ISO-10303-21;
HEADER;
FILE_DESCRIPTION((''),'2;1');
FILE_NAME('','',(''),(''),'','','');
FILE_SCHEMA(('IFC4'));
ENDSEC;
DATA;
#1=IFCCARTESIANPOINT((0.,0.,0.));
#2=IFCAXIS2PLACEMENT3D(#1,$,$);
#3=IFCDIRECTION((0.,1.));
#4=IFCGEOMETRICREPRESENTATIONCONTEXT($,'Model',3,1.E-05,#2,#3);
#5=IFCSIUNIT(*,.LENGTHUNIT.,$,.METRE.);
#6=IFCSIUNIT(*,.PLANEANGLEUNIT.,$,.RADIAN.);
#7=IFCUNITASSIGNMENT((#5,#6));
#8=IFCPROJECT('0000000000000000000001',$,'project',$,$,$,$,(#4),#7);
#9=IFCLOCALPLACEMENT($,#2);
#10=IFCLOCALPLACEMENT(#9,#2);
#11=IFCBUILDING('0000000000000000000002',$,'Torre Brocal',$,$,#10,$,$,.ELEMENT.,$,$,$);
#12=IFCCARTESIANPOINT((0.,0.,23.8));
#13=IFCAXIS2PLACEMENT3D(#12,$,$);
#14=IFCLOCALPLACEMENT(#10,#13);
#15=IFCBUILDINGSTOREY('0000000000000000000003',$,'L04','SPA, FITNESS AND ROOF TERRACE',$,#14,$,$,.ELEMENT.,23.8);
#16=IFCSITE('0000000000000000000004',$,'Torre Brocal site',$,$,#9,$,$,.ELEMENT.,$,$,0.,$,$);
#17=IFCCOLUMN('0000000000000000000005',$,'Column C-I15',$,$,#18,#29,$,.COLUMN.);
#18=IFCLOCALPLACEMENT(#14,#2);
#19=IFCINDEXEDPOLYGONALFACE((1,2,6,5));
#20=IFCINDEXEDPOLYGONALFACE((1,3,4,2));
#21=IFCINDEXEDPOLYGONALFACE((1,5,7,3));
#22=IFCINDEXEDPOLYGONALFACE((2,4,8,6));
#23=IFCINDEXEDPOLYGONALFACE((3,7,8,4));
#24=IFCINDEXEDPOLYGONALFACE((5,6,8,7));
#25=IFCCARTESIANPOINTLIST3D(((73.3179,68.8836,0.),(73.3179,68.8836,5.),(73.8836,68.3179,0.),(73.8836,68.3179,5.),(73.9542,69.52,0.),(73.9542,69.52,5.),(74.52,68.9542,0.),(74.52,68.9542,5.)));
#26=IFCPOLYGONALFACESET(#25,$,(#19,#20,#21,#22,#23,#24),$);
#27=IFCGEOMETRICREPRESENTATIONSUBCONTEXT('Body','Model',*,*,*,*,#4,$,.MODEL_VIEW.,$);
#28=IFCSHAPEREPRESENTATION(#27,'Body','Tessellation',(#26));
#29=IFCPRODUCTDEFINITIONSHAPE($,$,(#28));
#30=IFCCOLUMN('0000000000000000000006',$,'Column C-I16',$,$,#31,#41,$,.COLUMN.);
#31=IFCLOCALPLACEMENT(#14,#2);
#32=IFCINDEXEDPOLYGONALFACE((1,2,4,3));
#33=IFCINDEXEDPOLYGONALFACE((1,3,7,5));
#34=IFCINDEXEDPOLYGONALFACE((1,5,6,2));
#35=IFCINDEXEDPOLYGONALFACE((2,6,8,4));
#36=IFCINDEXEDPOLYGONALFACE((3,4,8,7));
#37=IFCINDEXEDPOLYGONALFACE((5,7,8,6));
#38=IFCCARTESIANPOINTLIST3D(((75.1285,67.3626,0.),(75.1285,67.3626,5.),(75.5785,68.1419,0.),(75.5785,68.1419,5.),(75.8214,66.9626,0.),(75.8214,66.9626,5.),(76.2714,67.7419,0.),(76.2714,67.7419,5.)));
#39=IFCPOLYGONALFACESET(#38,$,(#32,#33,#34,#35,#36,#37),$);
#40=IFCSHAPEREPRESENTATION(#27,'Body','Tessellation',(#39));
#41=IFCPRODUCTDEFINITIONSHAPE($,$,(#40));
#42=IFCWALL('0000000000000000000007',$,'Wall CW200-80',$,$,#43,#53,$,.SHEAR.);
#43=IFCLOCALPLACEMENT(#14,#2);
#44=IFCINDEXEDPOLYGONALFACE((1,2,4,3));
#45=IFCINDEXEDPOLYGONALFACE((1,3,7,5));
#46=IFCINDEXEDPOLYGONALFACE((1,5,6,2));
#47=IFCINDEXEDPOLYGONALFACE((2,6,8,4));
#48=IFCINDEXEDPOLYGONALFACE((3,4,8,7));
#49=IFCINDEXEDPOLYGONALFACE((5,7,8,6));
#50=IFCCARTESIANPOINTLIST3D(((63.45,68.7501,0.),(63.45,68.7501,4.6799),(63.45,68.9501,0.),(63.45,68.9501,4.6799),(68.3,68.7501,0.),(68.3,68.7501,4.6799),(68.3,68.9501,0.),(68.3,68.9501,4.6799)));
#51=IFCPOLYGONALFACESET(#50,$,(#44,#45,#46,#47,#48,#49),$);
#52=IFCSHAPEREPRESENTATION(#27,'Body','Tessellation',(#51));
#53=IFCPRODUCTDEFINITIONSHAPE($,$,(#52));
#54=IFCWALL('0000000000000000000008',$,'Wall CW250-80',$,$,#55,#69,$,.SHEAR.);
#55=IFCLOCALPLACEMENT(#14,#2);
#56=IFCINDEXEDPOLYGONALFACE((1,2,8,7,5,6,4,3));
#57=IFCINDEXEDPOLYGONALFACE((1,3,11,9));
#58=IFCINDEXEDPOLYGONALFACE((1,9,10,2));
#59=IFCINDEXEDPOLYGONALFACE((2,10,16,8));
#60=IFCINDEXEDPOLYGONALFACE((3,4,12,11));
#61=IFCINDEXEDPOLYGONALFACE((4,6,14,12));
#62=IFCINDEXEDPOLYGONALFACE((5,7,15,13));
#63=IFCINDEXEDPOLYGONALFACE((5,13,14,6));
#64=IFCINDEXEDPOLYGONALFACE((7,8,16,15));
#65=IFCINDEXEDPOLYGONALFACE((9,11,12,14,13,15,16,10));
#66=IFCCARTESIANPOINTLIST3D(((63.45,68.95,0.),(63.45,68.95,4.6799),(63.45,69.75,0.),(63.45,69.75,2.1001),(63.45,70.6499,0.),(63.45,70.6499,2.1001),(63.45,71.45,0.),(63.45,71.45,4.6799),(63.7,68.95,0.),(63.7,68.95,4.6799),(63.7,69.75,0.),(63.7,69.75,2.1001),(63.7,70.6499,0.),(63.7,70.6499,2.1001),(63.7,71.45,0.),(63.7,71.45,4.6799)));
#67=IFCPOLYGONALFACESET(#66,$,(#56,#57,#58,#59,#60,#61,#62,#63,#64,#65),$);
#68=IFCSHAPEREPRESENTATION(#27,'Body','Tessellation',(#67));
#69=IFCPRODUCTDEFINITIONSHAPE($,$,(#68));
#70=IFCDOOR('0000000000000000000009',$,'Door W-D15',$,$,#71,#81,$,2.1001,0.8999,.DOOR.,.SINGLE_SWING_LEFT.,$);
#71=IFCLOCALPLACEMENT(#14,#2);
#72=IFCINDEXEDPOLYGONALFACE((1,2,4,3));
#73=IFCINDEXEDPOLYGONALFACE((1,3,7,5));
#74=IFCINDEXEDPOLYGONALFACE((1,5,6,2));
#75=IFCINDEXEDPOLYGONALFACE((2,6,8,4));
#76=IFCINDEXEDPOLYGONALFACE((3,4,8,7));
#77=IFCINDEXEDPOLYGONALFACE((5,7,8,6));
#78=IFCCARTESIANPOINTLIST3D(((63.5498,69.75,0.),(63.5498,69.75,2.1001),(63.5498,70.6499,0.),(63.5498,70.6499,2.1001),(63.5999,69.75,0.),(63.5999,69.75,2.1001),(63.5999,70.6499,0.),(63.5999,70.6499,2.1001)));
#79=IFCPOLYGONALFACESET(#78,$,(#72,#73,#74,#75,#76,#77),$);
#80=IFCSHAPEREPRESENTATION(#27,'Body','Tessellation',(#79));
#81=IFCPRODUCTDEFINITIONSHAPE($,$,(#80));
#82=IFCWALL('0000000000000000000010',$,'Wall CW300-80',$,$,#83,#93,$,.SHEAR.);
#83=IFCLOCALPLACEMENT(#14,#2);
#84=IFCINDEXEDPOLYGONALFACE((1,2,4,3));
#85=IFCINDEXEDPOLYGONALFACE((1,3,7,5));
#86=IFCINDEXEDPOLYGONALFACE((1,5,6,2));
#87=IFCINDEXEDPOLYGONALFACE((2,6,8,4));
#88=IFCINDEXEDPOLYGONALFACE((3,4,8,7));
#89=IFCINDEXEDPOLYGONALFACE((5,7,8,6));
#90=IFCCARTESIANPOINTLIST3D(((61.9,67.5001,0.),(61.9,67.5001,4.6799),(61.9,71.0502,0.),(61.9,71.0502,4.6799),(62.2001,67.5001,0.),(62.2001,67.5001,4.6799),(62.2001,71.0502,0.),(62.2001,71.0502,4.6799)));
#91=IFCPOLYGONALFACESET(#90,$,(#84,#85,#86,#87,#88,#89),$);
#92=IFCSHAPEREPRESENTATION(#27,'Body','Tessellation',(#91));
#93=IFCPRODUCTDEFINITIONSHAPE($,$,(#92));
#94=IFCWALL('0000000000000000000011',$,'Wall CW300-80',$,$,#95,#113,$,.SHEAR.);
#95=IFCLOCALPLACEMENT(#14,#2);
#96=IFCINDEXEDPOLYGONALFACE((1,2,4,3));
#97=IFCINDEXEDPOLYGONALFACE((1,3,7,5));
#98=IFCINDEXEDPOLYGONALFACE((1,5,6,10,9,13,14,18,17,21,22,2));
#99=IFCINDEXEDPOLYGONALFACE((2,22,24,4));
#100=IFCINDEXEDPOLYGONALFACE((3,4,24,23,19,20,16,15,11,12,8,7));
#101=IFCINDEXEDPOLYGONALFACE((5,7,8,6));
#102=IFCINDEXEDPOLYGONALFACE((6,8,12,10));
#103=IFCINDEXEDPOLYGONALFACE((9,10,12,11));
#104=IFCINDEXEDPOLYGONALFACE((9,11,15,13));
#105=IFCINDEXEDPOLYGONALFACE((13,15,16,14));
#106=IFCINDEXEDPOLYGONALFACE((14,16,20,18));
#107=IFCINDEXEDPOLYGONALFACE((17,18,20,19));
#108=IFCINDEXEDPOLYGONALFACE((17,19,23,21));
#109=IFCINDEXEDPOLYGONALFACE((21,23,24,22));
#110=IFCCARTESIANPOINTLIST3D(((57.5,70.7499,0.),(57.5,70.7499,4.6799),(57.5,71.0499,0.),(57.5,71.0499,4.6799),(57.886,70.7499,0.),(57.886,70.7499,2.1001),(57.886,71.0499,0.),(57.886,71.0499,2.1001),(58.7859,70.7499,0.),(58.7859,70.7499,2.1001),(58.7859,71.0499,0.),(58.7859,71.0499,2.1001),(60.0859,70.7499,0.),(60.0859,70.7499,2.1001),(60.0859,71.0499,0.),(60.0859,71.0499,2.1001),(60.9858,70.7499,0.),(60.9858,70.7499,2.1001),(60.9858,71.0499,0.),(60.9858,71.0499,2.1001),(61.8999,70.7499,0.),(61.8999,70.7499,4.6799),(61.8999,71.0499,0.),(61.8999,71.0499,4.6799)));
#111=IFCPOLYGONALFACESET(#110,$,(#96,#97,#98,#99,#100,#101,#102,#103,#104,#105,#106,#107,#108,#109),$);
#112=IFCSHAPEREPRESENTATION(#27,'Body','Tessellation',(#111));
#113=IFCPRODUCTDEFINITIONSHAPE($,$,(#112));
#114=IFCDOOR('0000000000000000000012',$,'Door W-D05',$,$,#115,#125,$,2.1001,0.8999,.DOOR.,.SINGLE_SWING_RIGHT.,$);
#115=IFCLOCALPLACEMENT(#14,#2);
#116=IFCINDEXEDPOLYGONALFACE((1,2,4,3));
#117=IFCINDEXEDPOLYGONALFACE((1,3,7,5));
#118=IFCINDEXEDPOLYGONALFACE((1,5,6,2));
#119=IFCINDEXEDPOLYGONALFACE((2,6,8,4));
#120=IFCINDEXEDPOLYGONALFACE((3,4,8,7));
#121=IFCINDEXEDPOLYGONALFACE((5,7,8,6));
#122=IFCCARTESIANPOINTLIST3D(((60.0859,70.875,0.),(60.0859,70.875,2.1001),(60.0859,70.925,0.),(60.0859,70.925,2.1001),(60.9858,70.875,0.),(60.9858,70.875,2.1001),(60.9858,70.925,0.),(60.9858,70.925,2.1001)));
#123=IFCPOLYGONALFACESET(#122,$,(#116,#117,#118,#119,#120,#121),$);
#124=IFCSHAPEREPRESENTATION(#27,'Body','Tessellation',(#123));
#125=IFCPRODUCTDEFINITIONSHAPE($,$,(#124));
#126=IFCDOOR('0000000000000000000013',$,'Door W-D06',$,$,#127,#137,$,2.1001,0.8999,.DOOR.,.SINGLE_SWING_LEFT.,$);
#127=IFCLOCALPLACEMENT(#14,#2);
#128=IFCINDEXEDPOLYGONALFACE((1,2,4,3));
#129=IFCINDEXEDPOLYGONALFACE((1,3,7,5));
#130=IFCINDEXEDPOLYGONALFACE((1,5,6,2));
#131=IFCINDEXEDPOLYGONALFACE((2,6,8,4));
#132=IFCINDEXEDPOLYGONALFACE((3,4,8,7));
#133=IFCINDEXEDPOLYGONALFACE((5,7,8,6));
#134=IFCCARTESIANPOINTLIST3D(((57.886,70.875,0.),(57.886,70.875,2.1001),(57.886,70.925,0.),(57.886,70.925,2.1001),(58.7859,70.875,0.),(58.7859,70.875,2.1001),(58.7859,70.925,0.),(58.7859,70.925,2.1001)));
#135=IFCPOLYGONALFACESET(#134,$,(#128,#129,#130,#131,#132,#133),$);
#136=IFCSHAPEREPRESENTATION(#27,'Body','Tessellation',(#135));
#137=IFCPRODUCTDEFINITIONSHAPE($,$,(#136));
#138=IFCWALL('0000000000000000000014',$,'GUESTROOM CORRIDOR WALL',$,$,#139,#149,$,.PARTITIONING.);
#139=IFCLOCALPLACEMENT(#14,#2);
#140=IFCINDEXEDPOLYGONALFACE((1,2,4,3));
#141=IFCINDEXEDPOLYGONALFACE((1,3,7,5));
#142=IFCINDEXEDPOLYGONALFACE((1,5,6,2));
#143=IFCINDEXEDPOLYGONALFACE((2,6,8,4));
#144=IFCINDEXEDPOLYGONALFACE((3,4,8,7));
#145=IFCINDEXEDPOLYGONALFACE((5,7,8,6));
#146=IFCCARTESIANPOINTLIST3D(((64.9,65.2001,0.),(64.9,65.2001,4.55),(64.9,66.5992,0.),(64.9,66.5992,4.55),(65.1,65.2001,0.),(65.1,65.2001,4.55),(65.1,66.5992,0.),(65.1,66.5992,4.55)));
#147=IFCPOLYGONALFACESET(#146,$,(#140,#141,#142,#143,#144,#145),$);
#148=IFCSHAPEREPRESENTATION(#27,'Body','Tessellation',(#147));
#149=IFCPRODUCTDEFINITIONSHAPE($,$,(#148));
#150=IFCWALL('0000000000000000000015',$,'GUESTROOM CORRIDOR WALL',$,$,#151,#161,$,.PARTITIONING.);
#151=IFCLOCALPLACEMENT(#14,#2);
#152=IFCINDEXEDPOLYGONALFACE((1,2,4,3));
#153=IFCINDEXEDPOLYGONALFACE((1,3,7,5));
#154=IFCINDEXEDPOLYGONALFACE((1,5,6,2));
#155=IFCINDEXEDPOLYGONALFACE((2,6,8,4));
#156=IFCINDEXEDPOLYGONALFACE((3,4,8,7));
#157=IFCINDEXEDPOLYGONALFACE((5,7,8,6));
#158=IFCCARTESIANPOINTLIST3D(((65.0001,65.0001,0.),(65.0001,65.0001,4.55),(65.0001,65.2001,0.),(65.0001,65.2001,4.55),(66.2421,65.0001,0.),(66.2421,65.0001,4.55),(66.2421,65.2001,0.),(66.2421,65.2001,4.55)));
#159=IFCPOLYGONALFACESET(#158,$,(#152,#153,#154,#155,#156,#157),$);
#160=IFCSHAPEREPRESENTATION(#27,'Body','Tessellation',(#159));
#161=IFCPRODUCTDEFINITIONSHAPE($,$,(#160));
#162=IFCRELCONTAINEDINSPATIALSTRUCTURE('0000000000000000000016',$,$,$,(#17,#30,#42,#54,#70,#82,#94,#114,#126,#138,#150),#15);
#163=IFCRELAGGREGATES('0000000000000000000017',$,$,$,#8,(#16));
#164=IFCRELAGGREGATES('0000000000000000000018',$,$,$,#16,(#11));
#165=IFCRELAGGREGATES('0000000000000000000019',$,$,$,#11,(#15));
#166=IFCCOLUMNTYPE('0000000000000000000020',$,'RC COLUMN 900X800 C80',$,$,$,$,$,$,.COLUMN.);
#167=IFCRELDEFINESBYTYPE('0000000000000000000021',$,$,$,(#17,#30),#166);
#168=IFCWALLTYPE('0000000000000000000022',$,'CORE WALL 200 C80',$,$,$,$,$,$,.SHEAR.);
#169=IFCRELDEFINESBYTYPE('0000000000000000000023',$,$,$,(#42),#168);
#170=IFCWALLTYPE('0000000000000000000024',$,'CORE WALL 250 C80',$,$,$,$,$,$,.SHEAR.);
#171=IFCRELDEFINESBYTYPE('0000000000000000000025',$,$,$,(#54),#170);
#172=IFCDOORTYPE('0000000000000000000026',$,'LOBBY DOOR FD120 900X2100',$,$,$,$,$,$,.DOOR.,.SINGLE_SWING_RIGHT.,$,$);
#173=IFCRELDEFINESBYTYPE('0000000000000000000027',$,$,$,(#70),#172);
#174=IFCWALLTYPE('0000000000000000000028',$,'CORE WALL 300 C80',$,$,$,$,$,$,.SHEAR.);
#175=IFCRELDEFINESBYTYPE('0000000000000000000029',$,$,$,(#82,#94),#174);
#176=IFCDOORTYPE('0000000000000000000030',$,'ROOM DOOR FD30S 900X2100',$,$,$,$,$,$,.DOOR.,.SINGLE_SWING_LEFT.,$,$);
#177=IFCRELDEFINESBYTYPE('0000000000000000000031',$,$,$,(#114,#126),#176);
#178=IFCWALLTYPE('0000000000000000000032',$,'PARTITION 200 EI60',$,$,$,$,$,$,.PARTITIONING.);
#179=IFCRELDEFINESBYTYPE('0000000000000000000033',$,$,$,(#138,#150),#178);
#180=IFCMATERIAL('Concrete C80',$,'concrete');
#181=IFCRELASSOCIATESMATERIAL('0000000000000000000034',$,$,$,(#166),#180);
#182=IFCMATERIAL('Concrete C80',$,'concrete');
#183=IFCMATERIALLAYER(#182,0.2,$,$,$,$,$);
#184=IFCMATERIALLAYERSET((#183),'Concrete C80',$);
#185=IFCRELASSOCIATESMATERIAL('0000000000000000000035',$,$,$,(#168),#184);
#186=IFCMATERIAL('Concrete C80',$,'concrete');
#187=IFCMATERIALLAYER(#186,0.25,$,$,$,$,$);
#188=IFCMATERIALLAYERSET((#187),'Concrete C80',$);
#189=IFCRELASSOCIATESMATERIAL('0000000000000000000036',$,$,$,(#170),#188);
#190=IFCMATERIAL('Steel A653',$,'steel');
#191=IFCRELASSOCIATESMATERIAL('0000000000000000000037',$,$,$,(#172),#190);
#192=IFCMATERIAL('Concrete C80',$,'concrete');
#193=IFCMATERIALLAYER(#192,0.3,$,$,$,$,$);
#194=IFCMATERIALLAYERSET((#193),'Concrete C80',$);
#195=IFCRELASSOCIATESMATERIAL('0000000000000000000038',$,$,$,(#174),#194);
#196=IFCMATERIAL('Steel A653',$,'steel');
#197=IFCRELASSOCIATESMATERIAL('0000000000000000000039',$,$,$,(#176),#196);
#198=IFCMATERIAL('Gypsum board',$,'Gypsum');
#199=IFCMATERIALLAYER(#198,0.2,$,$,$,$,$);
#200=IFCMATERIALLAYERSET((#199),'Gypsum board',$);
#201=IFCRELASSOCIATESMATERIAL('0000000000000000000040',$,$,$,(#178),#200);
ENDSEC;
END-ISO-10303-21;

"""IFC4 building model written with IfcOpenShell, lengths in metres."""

from ifc_helpers import new_model, si_unit, direction, frame, frame_2d, origin, origin_2d, place, context, subcontext, project, spatial, rectangle, extrude, material, layer, layer_set, material_profile, profile_set, type_object, element, fill, save


model = new_model("IFC4")

# Units and contexts
model_context = context("Model", 3, precision=1e-05, world=origin(), true_north=direction((0.0, 1.0)))
body_context = subcontext(model_context, "Body", "Model", "MODEL_VIEW")
ifc_project = project(units=[si_unit("LENGTHUNIT", "METRE"), si_unit("PLANEANGLEUNIT", "RADIAN")], contexts=[model_context])

# Site, building, storey
site_placement = place(None, origin())
site = spatial("IfcSite", under=ifc_project, at=site_placement, Name="Torre Brocal site", CompositionType="ELEMENT", RefElevation=0.0)
building_placement = place(site_placement, origin())
building = spatial("IfcBuilding", under=site, at=building_placement, Name="Torre Brocal", CompositionType="ELEMENT")
storey_placement = place(building_placement, frame((0.0, 0.0, 23.8)))
storey = spatial("IfcBuildingStorey", under=building, at=storey_placement, Name="L04", Description="SPA, FITNESS AND ROOF TERRACE", CompositionType="ELEMENT", Elevation=23.8)

# Columns
ifc_material_1 = material(Name="Concrete C80", Category="concrete")
ifc_material_profile = material_profile(ifc_material_1, rectangle(XDim=0.8999, YDim=0.8, at=origin_2d()), Name="RC 900X800")
ifc_profile_set = profile_set([ifc_material_profile], Name="Concrete C80")
column_type = type_object("IfcColumnType", Name="RC COLUMN 900X800 C80", PredefinedType="COLUMN", material=ifc_profile_set)
for number, where, z_axis, x_axis, name in (
    (1, (73.9189, 68.9189, 0.0), (0.0, 0.0, 1.0), (-0.707107, -0.707107, 0.0), "Column C-I15"),
    (2, (75.7, 67.5522, 0.0), (0.0, 0.0, 1.0), (-0.5, -0.866025, 0.0), "Column C-I16"),
):
    element("IfcColumn", number, at=place(storey_placement, frame(where, z_axis=z_axis, x_axis=x_axis)), inside=storey, type_object=column_type, Name=name, PredefinedType="COLUMN", context=body_context, shape_type="SweptSolid", body=[
        extrude(rectangle(XDim=0.8999, YDim=0.8, at=origin_2d()), origin(), (0.0, 0.0, 1.0), 5.0),
    ])

# Wall
ifc_material_2 = material(Name="Concrete C80", Category="concrete")
ifc_layer_1 = layer(ifc_material_2, 0.2)
ifc_layer_set_1 = layer_set([ifc_layer_1], Name="Concrete C80")
wall_type_1 = type_object("IfcWallType", Name="CORE WALL 200 C80", PredefinedType="SHEAR", material=ifc_layer_set_1)
wall_1_placement = place(storey_placement, frame((68.3, 68.8501, 0.0), z_axis=(0.0, 0.0, 1.0), x_axis=(-1.0, 0.0, 0.0)))
element("IfcWall", 3, at=wall_1_placement, inside=storey, type_object=wall_type_1, Name="Wall CW200-80", PredefinedType="SHEAR", context=body_context, shape_type="SweptSolid", body=[
    extrude(rectangle(XDim=4.8501, YDim=0.2, at=frame_2d((2.425, 0.0))), origin(), (0.0, 0.0, 1.0), 4.6799),
])

# Wall, opening, door
ifc_material_3 = material(Name="Concrete C80", Category="concrete")
ifc_layer_2 = layer(ifc_material_3, 0.25)
ifc_layer_set_2 = layer_set([ifc_layer_2], Name="Concrete C80")
wall_type_2 = type_object("IfcWallType", Name="CORE WALL 250 C80", PredefinedType="SHEAR", material=ifc_layer_set_2)
wall_2_placement = place(storey_placement, frame((63.575, 71.45, 0.0), z_axis=(0.0, 0.0, 1.0), x_axis=(0.0, -1.0, 0.0)))
wall_2 = element("IfcWall", 4, at=wall_2_placement, inside=storey, type_object=wall_type_2, Name="Wall CW250-80", PredefinedType="SHEAR", context=body_context, shape_type="SweptSolid", body=[
    extrude(rectangle(XDim=2.5, YDim=0.25, at=frame_2d((1.25, 0.0))), origin(), (0.0, 0.0, 1.0), 4.6799),
])
opening_1_placement = place(wall_2_placement, frame((0.8, 0.0, 0.0)))
opening_1 = element("IfcOpeningElement", 5, at=opening_1_placement, cuts=wall_2, PredefinedType="OPENING", context=body_context, shape_type="SweptSolid", body=[
    extrude(rectangle(XDim=0.8999, YDim=2.1001, at=frame_2d((0.45, 1.05))), frame((0.0, 0.135, 0.0), z_axis=(0.0, -1.0, 0.0), x_axis=(1.0, 0.0, 0.0)), (0.0, 0.0, 1.0), 0.27),
])
ifc_material_4 = material(Name="Steel A653", Category="steel")
door_type_1 = type_object("IfcDoorType", Name="LOBBY DOOR FD120 900X2100", OperationType="SINGLE_SWING_RIGHT", PredefinedType="DOOR", material=ifc_material_4)
door_1_placement = place(opening_1_placement, origin())
door_1 = element("IfcDoor", 6, at=door_1_placement, inside=storey, type_object=door_type_1, Name="Door W-D15", OperationType="SINGLE_SWING_LEFT", OverallHeight=2.1001, OverallWidth=0.8999, PredefinedType="DOOR", context=body_context, shape_type="SweptSolid", body=[
    extrude(rectangle(XDim=0.8999, YDim=2.1001, at=frame_2d((0.45, 1.05))), frame((0.0, 0.0249, 0.0), z_axis=(0.0, -1.0, 0.0), x_axis=(1.0, 0.0, 0.0)), (0.0, 0.0, 1.0), 0.05),
])
fill(opening_1, door_1)

# Wall
ifc_material_5 = material(Name="Concrete C80", Category="concrete")
ifc_layer_3 = layer(ifc_material_5, 0.3)
ifc_layer_set_3 = layer_set([ifc_layer_3], Name="Concrete C80")
wall_type_3 = type_object("IfcWallType", Name="CORE WALL 300 C80", PredefinedType="SHEAR", material=ifc_layer_set_3)
wall_3_placement = place(storey_placement, frame((62.05, 71.05, 0.0), z_axis=(0.0, 0.0, 1.0), x_axis=(0.0, -1.0, 0.0)))
element("IfcWall", 7, at=wall_3_placement, inside=storey, type_object=wall_type_3, Name="Wall CW300-80", PredefinedType="SHEAR", context=body_context, shape_type="SweptSolid", body=[
    extrude(rectangle(XDim=3.55, YDim=0.3, at=frame_2d((1.7749, 0.0))), origin(), (0.0, 0.0, 1.0), 4.6799),
])

# Wall, openings, doors
wall_4_placement = place(storey_placement, frame((61.8999, 70.8999, 0.0), z_axis=(0.0, 0.0, 1.0), x_axis=(-1.0, 0.0, 0.0)))
wall_4 = element("IfcWall", 8, at=wall_4_placement, inside=storey, type_object=wall_type_3, Name="Wall CW300-80", PredefinedType="SHEAR", context=body_context, shape_type="SweptSolid", body=[
    extrude(rectangle(XDim=4.3999, YDim=0.3, at=frame_2d((2.2, 0.0))), origin(), (0.0, 0.0, 1.0), 4.6799),
])
opening_2_placement = place(wall_4_placement, frame((0.9141, 0.0, 0.0)))
opening_2 = element("IfcOpeningElement", 9, at=opening_2_placement, cuts=wall_4, PredefinedType="OPENING", context=body_context, shape_type="SweptSolid", body=[
    extrude(rectangle(XDim=0.8999, YDim=2.1001, at=frame_2d((0.45, 1.05))), frame((0.0, 0.1599, 0.0), z_axis=(0.0, -1.0, 0.0), x_axis=(1.0, 0.0, 0.0)), (0.0, 0.0, 1.0), 0.3201),
])
opening_3_placement = place(wall_4_placement, frame((3.114, 0.0, 0.0)))
opening_3 = element("IfcOpeningElement", 10, at=opening_3_placement, cuts=wall_4, PredefinedType="OPENING", context=body_context, shape_type="SweptSolid", body=[
    extrude(rectangle(XDim=0.8999, YDim=2.1001, at=frame_2d((0.45, 1.05))), frame((0.0, 0.1599, 0.0), z_axis=(0.0, -1.0, 0.0), x_axis=(1.0, 0.0, 0.0)), (0.0, 0.0, 1.0), 0.3201),
])
ifc_material_6 = material(Name="Steel A653", Category="steel")
door_type_2 = type_object("IfcDoorType", Name="ROOM DOOR FD30S 900X2100", OperationType="SINGLE_SWING_LEFT", PredefinedType="DOOR", material=ifc_material_6)
door_2_placement = place(opening_2_placement, origin())
door_2 = element("IfcDoor", 11, at=door_2_placement, inside=storey, type_object=door_type_2, Name="Door W-D05", OperationType="SINGLE_SWING_RIGHT", OverallHeight=2.1001, OverallWidth=0.8999, PredefinedType="DOOR", context=body_context, shape_type="SweptSolid", body=[
    extrude(rectangle(XDim=0.8999, YDim=2.1001, at=frame_2d((0.45, 1.05))), frame((0.0, 0.0249, 0.0), z_axis=(0.0, -1.0, 0.0), x_axis=(1.0, 0.0, 0.0)), (0.0, 0.0, 1.0), 0.05),
])
fill(opening_2, door_2)
door_3_placement = place(opening_3_placement, origin())
door_3 = element("IfcDoor", 12, at=door_3_placement, inside=storey, type_object=door_type_2, Name="Door W-D06", OperationType="SINGLE_SWING_LEFT", OverallHeight=2.1001, OverallWidth=0.8999, PredefinedType="DOOR", context=body_context, shape_type="SweptSolid", body=[
    extrude(rectangle(XDim=0.8999, YDim=2.1001, at=frame_2d((0.45, 1.05))), frame((0.0, 0.0249, 0.0), z_axis=(0.0, -1.0, 0.0), x_axis=(1.0, 0.0, 0.0)), (0.0, 0.0, 1.0), 0.05),
])
fill(opening_3, door_3)

# Walls
ifc_material_7 = material(Name="Gypsum board", Category="Gypsum")
ifc_layer_4 = layer(ifc_material_7, 0.2)
ifc_layer_set_4 = layer_set([ifc_layer_4], Name="Gypsum board")
wall_type_4 = type_object("IfcWallType", Name="PARTITION 200 EI60", PredefinedType="PARTITIONING", material=ifc_layer_set_4)
wall_5_placement = place(storey_placement, frame((65.0, 65.2, 0.0), z_axis=(0.0, 0.0, 1.0), x_axis=(0.0, 1.0, 0.0)))
element("IfcWall", 13, at=wall_5_placement, inside=storey, type_object=wall_type_4, Name="GUESTROOM CORRIDOR WALL", PredefinedType="PARTITIONING", context=body_context, shape_type="SweptSolid", body=[
    extrude(rectangle(XDim=1.3992, YDim=0.2, at=frame_2d((0.6997, 0.0))), origin(), (0.0, 0.0, 1.0), 4.55),
])
wall_6_placement = place(storey_placement, frame((65.0, 65.1001, 0.0), z_axis=(0.0, 0.0, 1.0), x_axis=(1.0, 0.0, 0.0)))
element("IfcWall", 14, at=wall_6_placement, inside=storey, type_object=wall_type_4, Name="GUESTROOM CORRIDOR WALL", PredefinedType="PARTITIONING", context=body_context, shape_type="SweptSolid", body=[
    extrude(rectangle(XDim=1.2419, YDim=0.2, at=frame_2d((0.6211, 0.0))), origin(), (0.0, 0.0, 1.0), 4.55),
])

save(model, "model.ifc")
